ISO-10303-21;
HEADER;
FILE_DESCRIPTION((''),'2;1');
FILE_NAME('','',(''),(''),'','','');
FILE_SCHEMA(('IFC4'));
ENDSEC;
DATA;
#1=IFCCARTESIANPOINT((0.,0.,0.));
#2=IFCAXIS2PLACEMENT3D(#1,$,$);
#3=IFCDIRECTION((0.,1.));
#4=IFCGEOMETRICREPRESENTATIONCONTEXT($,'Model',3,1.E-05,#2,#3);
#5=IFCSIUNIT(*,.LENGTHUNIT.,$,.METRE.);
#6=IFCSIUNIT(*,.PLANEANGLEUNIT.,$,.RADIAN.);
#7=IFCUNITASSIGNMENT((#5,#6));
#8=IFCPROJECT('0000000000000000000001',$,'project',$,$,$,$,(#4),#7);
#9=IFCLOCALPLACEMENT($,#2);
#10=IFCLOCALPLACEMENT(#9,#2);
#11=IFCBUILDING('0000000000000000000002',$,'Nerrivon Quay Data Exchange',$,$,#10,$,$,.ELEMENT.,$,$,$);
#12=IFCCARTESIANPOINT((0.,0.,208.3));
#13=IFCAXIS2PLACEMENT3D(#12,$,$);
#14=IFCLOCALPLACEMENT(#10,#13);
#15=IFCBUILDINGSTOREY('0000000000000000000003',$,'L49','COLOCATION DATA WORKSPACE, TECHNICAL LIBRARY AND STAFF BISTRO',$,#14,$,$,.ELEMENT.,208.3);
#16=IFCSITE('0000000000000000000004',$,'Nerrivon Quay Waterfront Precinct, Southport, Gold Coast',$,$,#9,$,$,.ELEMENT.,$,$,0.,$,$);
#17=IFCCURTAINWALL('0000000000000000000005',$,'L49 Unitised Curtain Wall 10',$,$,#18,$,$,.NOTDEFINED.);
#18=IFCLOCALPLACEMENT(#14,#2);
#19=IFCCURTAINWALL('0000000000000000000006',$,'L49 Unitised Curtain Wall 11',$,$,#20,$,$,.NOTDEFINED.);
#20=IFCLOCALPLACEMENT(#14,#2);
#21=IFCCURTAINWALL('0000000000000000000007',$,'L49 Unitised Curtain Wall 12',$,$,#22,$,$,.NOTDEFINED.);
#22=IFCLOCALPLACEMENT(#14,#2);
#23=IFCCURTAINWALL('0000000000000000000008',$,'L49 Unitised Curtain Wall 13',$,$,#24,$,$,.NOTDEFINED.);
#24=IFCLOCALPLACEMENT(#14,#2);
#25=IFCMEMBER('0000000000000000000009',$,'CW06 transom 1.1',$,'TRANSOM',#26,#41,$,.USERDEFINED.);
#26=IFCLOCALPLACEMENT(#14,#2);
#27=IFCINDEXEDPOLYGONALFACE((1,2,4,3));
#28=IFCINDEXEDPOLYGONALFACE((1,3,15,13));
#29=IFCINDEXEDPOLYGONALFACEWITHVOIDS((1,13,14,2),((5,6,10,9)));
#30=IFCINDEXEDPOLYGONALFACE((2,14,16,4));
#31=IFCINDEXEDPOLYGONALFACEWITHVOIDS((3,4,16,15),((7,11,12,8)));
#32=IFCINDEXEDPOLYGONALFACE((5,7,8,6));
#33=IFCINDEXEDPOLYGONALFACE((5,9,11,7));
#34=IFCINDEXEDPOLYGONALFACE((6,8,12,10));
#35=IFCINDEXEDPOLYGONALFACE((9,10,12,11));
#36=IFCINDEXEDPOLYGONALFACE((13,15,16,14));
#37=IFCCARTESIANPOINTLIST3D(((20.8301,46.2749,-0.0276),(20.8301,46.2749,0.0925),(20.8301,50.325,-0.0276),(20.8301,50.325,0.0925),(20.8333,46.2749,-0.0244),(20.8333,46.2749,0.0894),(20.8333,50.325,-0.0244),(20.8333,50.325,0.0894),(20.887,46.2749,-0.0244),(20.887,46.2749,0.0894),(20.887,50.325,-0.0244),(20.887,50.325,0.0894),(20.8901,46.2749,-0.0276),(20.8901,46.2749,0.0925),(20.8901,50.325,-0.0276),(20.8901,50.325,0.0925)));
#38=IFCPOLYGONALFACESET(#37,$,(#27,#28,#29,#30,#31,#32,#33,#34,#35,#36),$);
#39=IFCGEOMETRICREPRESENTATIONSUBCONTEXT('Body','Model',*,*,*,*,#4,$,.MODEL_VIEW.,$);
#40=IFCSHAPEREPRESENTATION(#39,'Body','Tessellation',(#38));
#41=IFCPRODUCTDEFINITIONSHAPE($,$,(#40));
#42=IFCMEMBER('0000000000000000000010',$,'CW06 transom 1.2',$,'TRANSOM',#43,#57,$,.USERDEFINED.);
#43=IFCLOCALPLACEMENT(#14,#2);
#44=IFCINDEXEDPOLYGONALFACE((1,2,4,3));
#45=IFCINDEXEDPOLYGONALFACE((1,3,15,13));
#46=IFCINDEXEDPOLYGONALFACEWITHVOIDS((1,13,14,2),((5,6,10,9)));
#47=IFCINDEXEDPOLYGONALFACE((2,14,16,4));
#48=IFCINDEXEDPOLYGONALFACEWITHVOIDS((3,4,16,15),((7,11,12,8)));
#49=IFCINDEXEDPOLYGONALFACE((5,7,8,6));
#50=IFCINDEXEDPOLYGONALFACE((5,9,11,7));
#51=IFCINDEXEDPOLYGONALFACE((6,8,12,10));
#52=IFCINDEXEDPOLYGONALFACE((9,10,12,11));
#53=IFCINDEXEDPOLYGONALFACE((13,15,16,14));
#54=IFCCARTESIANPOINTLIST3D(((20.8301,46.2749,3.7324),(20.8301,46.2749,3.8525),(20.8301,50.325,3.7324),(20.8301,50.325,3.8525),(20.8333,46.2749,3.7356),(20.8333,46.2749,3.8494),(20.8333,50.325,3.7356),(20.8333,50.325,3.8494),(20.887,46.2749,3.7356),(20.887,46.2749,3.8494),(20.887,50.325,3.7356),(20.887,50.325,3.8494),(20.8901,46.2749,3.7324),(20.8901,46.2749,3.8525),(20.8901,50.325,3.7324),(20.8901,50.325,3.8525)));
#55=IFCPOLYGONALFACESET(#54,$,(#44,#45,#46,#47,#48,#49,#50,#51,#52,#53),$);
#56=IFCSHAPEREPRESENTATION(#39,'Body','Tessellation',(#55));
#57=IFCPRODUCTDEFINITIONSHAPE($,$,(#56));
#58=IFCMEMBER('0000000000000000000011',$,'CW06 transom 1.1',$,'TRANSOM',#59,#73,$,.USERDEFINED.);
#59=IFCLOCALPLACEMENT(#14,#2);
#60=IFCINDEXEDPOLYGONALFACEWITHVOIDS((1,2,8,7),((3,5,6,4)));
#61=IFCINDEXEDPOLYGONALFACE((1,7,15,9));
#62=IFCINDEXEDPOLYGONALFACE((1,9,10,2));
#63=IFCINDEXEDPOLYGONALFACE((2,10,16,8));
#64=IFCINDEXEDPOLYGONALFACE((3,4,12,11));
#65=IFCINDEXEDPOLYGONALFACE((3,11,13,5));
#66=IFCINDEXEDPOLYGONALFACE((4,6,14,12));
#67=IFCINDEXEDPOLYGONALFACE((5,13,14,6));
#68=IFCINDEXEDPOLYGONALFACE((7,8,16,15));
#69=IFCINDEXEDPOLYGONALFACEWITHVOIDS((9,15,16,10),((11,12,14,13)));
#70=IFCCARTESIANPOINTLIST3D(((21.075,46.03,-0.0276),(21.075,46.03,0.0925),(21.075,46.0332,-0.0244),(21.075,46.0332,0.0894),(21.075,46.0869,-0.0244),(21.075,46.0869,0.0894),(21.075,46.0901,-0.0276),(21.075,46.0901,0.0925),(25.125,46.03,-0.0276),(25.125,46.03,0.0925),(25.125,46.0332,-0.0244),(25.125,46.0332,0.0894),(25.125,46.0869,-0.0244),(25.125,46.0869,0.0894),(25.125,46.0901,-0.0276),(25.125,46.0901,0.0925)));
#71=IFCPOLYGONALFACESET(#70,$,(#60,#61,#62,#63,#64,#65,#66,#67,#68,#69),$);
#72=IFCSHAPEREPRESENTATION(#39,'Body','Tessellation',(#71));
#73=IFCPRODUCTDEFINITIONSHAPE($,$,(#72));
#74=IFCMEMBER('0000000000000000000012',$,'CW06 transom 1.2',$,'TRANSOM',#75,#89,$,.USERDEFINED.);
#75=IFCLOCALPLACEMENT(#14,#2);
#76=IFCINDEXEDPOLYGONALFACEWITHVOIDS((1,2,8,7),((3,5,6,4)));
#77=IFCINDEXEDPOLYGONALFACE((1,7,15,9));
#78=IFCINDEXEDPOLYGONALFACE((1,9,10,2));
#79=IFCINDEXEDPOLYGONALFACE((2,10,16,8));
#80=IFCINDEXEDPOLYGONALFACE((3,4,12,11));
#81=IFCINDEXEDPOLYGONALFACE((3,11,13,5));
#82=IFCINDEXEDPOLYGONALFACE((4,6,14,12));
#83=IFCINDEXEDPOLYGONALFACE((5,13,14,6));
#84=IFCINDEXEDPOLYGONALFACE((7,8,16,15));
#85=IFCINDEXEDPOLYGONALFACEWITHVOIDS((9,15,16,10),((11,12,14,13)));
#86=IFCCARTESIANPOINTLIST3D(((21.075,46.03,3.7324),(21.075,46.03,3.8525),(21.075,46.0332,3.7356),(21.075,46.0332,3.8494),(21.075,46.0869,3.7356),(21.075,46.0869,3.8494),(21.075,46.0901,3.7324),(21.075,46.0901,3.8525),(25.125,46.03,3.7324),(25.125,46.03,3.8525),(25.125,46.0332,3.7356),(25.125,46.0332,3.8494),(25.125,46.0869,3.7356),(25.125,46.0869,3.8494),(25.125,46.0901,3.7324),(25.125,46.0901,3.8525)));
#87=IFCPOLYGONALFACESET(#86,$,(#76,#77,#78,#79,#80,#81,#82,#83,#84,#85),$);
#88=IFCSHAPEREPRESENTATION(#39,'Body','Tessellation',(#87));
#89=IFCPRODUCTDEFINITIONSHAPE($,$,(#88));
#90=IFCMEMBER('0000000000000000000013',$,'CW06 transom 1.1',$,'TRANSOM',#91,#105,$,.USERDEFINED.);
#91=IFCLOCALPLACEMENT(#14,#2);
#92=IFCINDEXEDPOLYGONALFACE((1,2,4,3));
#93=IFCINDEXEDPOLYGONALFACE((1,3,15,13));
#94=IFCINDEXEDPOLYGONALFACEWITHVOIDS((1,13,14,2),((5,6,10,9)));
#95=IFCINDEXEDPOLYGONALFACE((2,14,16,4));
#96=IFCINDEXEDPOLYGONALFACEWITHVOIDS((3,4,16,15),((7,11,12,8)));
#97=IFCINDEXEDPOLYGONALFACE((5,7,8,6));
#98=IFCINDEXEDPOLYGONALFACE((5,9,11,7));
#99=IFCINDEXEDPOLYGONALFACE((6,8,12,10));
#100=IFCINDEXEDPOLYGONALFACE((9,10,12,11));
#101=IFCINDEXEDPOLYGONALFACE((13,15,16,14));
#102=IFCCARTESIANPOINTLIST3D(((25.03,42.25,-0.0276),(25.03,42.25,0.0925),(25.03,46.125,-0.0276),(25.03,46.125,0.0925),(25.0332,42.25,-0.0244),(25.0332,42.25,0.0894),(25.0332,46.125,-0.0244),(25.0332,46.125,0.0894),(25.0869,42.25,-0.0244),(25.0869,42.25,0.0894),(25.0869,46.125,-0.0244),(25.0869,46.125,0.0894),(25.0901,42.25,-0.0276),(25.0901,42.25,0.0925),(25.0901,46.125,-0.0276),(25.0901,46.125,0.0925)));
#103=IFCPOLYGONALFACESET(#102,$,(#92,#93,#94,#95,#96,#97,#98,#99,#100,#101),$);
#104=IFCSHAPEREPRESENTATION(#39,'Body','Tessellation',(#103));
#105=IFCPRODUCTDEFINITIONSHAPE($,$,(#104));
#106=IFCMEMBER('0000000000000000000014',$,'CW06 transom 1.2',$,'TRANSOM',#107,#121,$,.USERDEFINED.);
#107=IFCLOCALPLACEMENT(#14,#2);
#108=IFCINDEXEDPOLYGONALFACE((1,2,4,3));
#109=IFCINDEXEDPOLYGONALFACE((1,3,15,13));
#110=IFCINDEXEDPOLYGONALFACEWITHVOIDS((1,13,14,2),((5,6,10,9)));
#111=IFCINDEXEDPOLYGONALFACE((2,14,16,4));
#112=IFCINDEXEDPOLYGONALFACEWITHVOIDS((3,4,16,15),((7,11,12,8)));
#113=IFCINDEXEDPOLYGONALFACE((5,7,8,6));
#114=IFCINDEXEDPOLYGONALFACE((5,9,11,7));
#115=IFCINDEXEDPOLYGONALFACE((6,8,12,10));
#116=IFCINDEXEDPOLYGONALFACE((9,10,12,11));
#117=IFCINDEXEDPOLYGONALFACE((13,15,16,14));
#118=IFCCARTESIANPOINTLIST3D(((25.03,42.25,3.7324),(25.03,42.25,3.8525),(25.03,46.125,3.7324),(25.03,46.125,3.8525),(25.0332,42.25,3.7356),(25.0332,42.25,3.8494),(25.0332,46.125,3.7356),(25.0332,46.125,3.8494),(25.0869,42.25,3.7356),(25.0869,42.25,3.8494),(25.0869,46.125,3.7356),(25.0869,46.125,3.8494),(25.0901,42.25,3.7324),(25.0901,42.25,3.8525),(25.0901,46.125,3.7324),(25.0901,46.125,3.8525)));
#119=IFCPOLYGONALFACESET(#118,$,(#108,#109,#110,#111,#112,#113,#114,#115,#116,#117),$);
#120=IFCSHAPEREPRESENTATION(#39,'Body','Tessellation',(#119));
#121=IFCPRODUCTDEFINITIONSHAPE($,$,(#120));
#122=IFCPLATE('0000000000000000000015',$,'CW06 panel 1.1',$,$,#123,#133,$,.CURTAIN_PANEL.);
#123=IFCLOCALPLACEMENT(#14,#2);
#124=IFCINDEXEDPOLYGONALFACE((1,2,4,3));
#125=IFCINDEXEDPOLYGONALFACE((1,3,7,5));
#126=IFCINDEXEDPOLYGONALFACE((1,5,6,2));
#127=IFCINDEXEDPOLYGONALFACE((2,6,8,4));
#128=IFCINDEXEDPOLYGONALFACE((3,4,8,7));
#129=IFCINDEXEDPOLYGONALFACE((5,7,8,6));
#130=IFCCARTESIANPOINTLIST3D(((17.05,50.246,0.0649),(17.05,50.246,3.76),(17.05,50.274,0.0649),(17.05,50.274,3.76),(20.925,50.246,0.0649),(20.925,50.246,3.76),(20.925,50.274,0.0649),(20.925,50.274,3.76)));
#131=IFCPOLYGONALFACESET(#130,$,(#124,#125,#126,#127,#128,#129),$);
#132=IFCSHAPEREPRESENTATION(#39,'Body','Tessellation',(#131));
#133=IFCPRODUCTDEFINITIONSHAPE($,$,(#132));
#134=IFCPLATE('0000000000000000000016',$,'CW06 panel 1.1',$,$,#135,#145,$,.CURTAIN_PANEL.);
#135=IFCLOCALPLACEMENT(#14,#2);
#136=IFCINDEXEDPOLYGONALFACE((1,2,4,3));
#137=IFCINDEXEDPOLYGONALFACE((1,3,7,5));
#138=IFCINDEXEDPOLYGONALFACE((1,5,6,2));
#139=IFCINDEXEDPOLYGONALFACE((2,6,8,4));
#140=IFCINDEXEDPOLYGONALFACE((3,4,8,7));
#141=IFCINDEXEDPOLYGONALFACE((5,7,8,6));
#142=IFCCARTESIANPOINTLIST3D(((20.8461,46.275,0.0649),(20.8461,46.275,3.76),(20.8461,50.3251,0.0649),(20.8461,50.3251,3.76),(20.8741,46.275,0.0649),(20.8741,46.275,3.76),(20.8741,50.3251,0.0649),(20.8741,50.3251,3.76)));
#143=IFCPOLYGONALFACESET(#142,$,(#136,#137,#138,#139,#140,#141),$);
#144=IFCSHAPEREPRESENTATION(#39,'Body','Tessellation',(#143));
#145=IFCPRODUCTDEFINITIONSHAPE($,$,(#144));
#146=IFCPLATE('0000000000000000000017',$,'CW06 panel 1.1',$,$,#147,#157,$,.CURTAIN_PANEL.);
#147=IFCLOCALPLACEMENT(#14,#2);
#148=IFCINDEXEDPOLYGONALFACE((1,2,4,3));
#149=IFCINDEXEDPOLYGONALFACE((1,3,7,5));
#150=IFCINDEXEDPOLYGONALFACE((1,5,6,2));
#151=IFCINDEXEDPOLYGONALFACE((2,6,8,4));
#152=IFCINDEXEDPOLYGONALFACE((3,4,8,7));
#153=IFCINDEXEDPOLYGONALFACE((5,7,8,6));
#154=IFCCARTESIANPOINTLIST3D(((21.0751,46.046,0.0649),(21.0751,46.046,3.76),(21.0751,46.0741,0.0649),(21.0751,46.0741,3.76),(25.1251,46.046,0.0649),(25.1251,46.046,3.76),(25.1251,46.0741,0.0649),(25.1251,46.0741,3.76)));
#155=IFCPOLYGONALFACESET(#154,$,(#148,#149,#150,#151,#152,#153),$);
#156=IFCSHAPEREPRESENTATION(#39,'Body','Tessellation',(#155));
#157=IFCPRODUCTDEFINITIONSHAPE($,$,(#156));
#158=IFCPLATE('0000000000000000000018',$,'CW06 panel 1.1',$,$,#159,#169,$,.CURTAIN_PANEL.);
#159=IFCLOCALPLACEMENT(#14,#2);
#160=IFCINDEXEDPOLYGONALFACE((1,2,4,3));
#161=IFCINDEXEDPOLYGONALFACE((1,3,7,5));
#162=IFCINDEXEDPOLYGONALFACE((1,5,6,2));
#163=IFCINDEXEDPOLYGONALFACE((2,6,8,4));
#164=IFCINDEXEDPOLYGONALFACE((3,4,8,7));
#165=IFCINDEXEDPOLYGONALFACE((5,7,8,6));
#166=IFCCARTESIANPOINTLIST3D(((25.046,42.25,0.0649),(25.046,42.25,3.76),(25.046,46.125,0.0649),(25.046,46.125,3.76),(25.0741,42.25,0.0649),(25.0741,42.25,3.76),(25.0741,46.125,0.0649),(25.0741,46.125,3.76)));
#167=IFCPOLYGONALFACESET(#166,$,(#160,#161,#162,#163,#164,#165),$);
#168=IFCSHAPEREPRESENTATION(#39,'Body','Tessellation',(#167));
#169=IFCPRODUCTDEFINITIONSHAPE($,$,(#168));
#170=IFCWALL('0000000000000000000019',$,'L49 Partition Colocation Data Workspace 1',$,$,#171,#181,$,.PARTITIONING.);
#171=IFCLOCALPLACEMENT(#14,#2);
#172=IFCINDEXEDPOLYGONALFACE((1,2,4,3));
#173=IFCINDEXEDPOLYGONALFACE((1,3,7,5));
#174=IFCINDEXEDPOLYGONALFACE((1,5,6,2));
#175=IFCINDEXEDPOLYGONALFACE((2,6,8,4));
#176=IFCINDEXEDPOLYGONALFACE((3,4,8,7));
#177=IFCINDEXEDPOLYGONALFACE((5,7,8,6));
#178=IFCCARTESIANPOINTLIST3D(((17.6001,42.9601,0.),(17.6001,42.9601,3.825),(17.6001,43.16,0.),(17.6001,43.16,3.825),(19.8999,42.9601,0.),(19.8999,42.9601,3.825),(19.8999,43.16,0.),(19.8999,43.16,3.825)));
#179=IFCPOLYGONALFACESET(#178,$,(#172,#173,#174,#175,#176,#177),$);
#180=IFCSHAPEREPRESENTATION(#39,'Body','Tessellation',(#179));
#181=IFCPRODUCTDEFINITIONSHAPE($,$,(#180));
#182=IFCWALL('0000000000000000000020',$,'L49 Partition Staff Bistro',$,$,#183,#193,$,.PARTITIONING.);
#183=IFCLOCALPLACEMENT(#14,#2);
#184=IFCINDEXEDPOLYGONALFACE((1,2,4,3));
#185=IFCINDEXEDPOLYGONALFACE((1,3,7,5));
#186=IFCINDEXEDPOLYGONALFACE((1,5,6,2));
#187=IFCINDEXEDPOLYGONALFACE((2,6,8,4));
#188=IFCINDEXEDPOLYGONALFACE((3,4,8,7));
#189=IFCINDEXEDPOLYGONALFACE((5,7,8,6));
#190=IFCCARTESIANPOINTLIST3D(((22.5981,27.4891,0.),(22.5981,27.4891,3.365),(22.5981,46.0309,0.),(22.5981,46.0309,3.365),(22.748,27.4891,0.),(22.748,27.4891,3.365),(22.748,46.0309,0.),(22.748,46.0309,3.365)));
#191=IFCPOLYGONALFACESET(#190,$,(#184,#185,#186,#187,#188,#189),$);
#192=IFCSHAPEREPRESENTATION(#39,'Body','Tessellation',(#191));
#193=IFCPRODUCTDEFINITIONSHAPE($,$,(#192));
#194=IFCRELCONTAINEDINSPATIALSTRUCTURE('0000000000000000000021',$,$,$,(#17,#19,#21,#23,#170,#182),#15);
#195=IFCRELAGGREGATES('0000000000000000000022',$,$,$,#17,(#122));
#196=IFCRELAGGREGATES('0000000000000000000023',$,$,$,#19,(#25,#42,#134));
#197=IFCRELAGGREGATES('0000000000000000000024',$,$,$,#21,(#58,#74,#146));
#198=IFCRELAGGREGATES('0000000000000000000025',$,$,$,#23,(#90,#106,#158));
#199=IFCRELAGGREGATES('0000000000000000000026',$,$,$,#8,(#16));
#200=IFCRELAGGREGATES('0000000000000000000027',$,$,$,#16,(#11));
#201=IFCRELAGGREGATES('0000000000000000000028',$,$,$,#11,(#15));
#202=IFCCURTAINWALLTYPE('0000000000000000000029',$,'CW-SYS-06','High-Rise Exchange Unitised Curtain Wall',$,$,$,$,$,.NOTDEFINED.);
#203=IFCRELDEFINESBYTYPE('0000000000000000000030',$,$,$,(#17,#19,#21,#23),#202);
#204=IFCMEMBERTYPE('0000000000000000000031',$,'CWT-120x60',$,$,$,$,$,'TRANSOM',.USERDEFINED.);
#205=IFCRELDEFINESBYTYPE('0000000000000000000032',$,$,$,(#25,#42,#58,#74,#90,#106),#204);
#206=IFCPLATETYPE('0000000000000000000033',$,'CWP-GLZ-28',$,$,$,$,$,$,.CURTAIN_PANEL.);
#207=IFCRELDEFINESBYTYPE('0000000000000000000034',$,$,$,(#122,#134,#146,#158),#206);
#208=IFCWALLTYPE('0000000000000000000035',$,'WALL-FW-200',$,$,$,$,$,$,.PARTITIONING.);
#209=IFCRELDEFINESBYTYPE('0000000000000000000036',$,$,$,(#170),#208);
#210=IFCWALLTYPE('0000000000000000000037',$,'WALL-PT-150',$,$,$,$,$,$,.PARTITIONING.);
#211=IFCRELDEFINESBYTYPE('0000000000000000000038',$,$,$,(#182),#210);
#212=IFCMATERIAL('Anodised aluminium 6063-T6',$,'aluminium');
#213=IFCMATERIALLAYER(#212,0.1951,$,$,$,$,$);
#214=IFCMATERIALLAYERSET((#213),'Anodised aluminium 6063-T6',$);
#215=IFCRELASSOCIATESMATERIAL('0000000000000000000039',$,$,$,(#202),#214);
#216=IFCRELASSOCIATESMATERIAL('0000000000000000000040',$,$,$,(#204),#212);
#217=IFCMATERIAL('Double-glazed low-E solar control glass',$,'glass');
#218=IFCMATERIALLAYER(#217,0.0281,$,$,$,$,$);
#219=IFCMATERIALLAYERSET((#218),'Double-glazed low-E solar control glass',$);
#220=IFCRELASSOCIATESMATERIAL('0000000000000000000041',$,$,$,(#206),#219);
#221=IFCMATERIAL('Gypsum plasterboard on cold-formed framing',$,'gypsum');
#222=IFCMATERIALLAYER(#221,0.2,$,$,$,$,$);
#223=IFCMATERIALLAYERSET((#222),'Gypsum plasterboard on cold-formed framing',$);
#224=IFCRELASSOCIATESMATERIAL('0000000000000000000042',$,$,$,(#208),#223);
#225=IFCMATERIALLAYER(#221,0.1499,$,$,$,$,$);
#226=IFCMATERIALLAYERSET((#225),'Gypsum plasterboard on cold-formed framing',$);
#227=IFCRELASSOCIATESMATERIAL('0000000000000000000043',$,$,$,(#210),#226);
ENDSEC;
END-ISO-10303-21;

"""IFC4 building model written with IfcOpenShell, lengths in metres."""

from ifc_helpers import new_model, si_unit, direction, frame, frame_2d, origin, origin_2d, place, context, subcontext, project, spatial, rectangle, hollow_rectangle, extrude, material, layer, layer_set, material_profile, profile_set, type_object, element, aggregate, save


model = new_model("IFC4")

# Units and contexts
model_context = context("Model", 3, precision=1e-05, world=origin(), true_north=direction((0.0, 1.0)))
body_context = subcontext(model_context, "Body", "Model", "MODEL_VIEW")
ifc_project = project(units=[si_unit("LENGTHUNIT", "METRE"), si_unit("PLANEANGLEUNIT", "RADIAN")], contexts=[model_context])

# Site, building, storey
site_placement = place(None, origin())
site = spatial("IfcSite", under=ifc_project, at=site_placement, Name="Nerrivon Quay Waterfront Precinct, Southport, Gold Coast", CompositionType="ELEMENT", RefElevation=0.0)
building_placement = place(site_placement, origin())
building = spatial("IfcBuilding", under=site, at=building_placement, Name="Nerrivon Quay Data Exchange", CompositionType="ELEMENT")
storey_placement = place(building_placement, frame((0.0, 0.0, 208.3)))
storey = spatial("IfcBuildingStorey", under=building, at=storey_placement, Name="L49", Description="COLOCATION DATA WORKSPACE, TECHNICAL LIBRARY AND STAFF BISTRO", CompositionType="ELEMENT", Elevation=208.3)

# Curtain walls
ifc_material_1 = material(Name="Anodised aluminium 6063-T6", Category="aluminium")
ifc_layer_1 = layer(ifc_material_1, 0.1951)
ifc_layer_set_1 = layer_set([ifc_layer_1], Name="Anodised aluminium 6063-T6")
curtain_wall_type = type_object("IfcCurtainWallType", Name="CW-SYS-06", Description="High-Rise Exchange Unitised Curtain Wall", PredefinedType="NOTDEFINED", material=ifc_layer_set_1)
curtain_wall_1_placement = place(storey_placement, origin())
curtain_wall_1 = element("IfcCurtainWall", 1, at=curtain_wall_1_placement, inside=storey, type_object=curtain_wall_type, Name="L49 Unitised Curtain Wall 10", PredefinedType="NOTDEFINED")
curtain_wall_2_placement = place(storey_placement, origin())
curtain_wall_2 = element("IfcCurtainWall", 2, at=curtain_wall_2_placement, inside=storey, type_object=curtain_wall_type, Name="L49 Unitised Curtain Wall 11", PredefinedType="NOTDEFINED")
curtain_wall_3_placement = place(storey_placement, origin())
curtain_wall_3 = element("IfcCurtainWall", 3, at=curtain_wall_3_placement, inside=storey, type_object=curtain_wall_type, Name="L49 Unitised Curtain Wall 12", PredefinedType="NOTDEFINED")

# Curtain wall
curtain_wall_4_placement = place(storey_placement, origin())
curtain_wall_4 = element("IfcCurtainWall", 4, at=curtain_wall_4_placement, inside=storey, type_object=curtain_wall_type, Name="L49 Unitised Curtain Wall 13", PredefinedType="NOTDEFINED")

# Members
ifc_material_profile_1 = material_profile(ifc_material_1, hollow_rectangle(XDim=0.0601, YDim=0.1201, WallThickness=0.0032, at=origin_2d()), Name="ALU-TRAN-120x60")
ifc_profile_set_1 = profile_set([ifc_material_profile_1], Name="Anodised aluminium 6063-T6")
member_type_1 = type_object("IfcMemberType", Name="CWT-120x60", ElementType="TRANSOM", PredefinedType="USERDEFINED", material=ifc_profile_set_1)
member_1_placement = place(storey_placement, frame((20.8601, 50.325, 0.0325), z_axis=(0.0, -1.0, 0.0), x_axis=(1.0, 0.0, 0.0)))
member_1 = element("IfcMember", 5, at=member_1_placement, type_object=member_type_1, Name="CW06 transom 1.1", ObjectType="TRANSOM", PredefinedType="USERDEFINED", context=body_context, shape_type="SweptSolid", body=[
    extrude(hollow_rectangle(XDim=0.0601, YDim=0.1201, WallThickness=0.0032, at=origin_2d()), origin(), (0.0, 0.0, 1.0), 4.05),
])
member_2_placement = place(storey_placement, frame((20.8601, 50.325, 3.7925), z_axis=(0.0, -1.0, 0.0), x_axis=(1.0, 0.0, 0.0)))
member_2 = element("IfcMember", 6, at=member_2_placement, type_object=member_type_1, Name="CW06 transom 1.2", ObjectType="TRANSOM", PredefinedType="USERDEFINED", context=body_context, shape_type="SweptSolid", body=[
    extrude(hollow_rectangle(XDim=0.0601, YDim=0.1201, WallThickness=0.0032, at=origin_2d()), origin(), (0.0, 0.0, 1.0), 4.05),
])
member_3_placement = place(storey_placement, frame((21.075, 46.0601, 0.0325), z_axis=(1.0, 0.0, 0.0), x_axis=(0.0, 1.0, 0.0)))
member_3 = element("IfcMember", 7, at=member_3_placement, type_object=member_type_1, Name="CW06 transom 1.1", ObjectType="TRANSOM", PredefinedType="USERDEFINED", context=body_context, shape_type="SweptSolid", body=[
    extrude(hollow_rectangle(XDim=0.0601, YDim=0.1201, WallThickness=0.0032, at=origin_2d()), origin(), (0.0, 0.0, 1.0), 4.05),
])
member_4_placement = place(storey_placement, frame((21.075, 46.0601, 3.7925), z_axis=(1.0, 0.0, 0.0), x_axis=(0.0, 1.0, 0.0)))
member_4 = element("IfcMember", 8, at=member_4_placement, type_object=member_type_1, Name="CW06 transom 1.2", ObjectType="TRANSOM", PredefinedType="USERDEFINED", context=body_context, shape_type="SweptSolid", body=[
    extrude(hollow_rectangle(XDim=0.0601, YDim=0.1201, WallThickness=0.0032, at=origin_2d()), origin(), (0.0, 0.0, 1.0), 4.05),
])
member_5_placement = place(storey_placement, frame((25.0601, 46.125, 0.0325), z_axis=(0.0, -1.0, 0.0), x_axis=(1.0, 0.0, 0.0)))
member_5 = element("IfcMember", 9, at=member_5_placement, type_object=member_type_1, Name="CW06 transom 1.1", ObjectType="TRANSOM", PredefinedType="USERDEFINED", context=body_context, shape_type="SweptSolid", body=[
    extrude(hollow_rectangle(XDim=0.0601, YDim=0.1201, WallThickness=0.0032, at=origin_2d()), origin(), (0.0, 0.0, 1.0), 3.875),
])
member_6_placement = place(storey_placement, frame((25.0601, 46.125, 3.7925), z_axis=(0.0, -1.0, 0.0), x_axis=(1.0, 0.0, 0.0)))
member_6 = element("IfcMember", 10, at=member_6_placement, type_object=member_type_1, Name="CW06 transom 1.2", ObjectType="TRANSOM", PredefinedType="USERDEFINED", context=body_context, shape_type="SweptSolid", body=[
    extrude(hollow_rectangle(XDim=0.0601, YDim=0.1201, WallThickness=0.0032, at=origin_2d()), origin(), (0.0, 0.0, 1.0), 3.875),
])

# Plates
ifc_material_2 = material(Name="Double-glazed low-E solar control glass", Category="glass")
ifc_layer_2 = layer(ifc_material_2, 0.0281)
ifc_layer_set_2 = layer_set([ifc_layer_2], Name="Double-glazed low-E solar control glass")
plate_type = type_object("IfcPlateType", Name="CWP-GLZ-28", PredefinedType="CURTAIN_PANEL", material=ifc_layer_set_2)
plate_1_placement = place(storey_placement, frame((18.9875, 50.26, 0.0649), z_axis=(0.0, 0.0, 1.0), x_axis=(1.0, 0.0, 0.0)))
plate_1 = element("IfcPlate", 11, at=plate_1_placement, type_object=plate_type, Name="CW06 panel 1.1", PredefinedType="CURTAIN_PANEL", context=body_context, shape_type="SweptSolid", body=[
    extrude(rectangle(XDim=3.875, YDim=0.0281, at=origin_2d()), origin(), (0.0, 0.0, 1.0), 3.6951),
])
aggregate(curtain_wall_1, [plate_1])
plate_2_placement = place(storey_placement, frame((20.8601, 48.3, 0.0649), z_axis=(0.0, 0.0, 1.0), x_axis=(0.0, -1.0, 0.0)))
plate_2 = element("IfcPlate", 12, at=plate_2_placement, type_object=plate_type, Name="CW06 panel 1.1", PredefinedType="CURTAIN_PANEL", context=body_context, shape_type="SweptSolid", body=[
    extrude(rectangle(XDim=4.05, YDim=0.0281, at=origin_2d()), origin(), (0.0, 0.0, 1.0), 3.6951),
])
aggregate(curtain_wall_2, [member_1, member_2, plate_2])
plate_3_placement = place(storey_placement, frame((23.1001, 46.0601, 0.0649), z_axis=(0.0, 0.0, 1.0), x_axis=(1.0, 0.0, 0.0)))
plate_3 = element("IfcPlate", 13, at=plate_3_placement, type_object=plate_type, Name="CW06 panel 1.1", PredefinedType="CURTAIN_PANEL", context=body_context, shape_type="SweptSolid", body=[
    extrude(rectangle(XDim=4.05, YDim=0.0281, at=origin_2d()), origin(), (0.0, 0.0, 1.0), 3.6951),
])
aggregate(curtain_wall_3, [member_3, member_4, plate_3])
plate_4_placement = place(storey_placement, frame((25.0601, 44.1875, 0.0649), z_axis=(0.0, 0.0, 1.0), x_axis=(0.0, -1.0, 0.0)))
plate_4 = element("IfcPlate", 14, at=plate_4_placement, type_object=plate_type, Name="CW06 panel 1.1", PredefinedType="CURTAIN_PANEL", context=body_context, shape_type="SweptSolid", body=[
    extrude(rectangle(XDim=3.875, YDim=0.0281, at=origin_2d()), origin(), (0.0, 0.0, 1.0), 3.6951),
])
aggregate(curtain_wall_4, [member_5, member_6, plate_4])

# Walls
ifc_material_3 = material(Name="Gypsum plasterboard on cold-formed framing", Category="gypsum")
ifc_layer_3 = layer(ifc_material_3, 0.2)
ifc_layer_set_3 = layer_set([ifc_layer_3], Name="Gypsum plasterboard on cold-formed framing")
wall_type_1 = type_object("IfcWallType", Name="WALL-FW-200", PredefinedType="PARTITIONING", material=ifc_layer_set_3)
wall_1_placement = place(storey_placement, frame((17.6001, 43.0601, 0.0), z_axis=(0.0, 0.0, 1.0), x_axis=(1.0, 0.0, 0.0)))
element("IfcWall", 15, at=wall_1_placement, inside=storey, type_object=wall_type_1, Name="L49 Partition Colocation Data Workspace 1", PredefinedType="PARTITIONING", context=body_context, shape_type="SweptSolid", body=[
    extrude(rectangle(XDim=2.2998, YDim=0.2, at=frame_2d((1.1499, 0.0))), origin(), (0.0, 0.0, 1.0), 3.825),
])
ifc_layer_4 = layer(ifc_material_3, 0.1499)
ifc_layer_set_4 = layer_set([ifc_layer_4], Name="Gypsum plasterboard on cold-formed framing")
wall_type_2 = type_object("IfcWallType", Name="WALL-PT-150", PredefinedType="PARTITIONING", material=ifc_layer_set_4)
wall_2_placement = place(storey_placement, frame((22.6731, 46.031, 0.0), z_axis=(0.0, 0.0, 1.0), x_axis=(0.0, -1.0, 0.0)))
element("IfcWall", 16, at=wall_2_placement, inside=storey, type_object=wall_type_2, Name="L49 Partition Staff Bistro", PredefinedType="PARTITIONING", context=body_context, shape_type="SweptSolid", body=[
    extrude(rectangle(XDim=18.5417, YDim=0.1499, at=frame_2d((9.271, 0.0))), origin(), (0.0, 0.0, 1.0), 3.365),
])

save(model, "model.ifc")
